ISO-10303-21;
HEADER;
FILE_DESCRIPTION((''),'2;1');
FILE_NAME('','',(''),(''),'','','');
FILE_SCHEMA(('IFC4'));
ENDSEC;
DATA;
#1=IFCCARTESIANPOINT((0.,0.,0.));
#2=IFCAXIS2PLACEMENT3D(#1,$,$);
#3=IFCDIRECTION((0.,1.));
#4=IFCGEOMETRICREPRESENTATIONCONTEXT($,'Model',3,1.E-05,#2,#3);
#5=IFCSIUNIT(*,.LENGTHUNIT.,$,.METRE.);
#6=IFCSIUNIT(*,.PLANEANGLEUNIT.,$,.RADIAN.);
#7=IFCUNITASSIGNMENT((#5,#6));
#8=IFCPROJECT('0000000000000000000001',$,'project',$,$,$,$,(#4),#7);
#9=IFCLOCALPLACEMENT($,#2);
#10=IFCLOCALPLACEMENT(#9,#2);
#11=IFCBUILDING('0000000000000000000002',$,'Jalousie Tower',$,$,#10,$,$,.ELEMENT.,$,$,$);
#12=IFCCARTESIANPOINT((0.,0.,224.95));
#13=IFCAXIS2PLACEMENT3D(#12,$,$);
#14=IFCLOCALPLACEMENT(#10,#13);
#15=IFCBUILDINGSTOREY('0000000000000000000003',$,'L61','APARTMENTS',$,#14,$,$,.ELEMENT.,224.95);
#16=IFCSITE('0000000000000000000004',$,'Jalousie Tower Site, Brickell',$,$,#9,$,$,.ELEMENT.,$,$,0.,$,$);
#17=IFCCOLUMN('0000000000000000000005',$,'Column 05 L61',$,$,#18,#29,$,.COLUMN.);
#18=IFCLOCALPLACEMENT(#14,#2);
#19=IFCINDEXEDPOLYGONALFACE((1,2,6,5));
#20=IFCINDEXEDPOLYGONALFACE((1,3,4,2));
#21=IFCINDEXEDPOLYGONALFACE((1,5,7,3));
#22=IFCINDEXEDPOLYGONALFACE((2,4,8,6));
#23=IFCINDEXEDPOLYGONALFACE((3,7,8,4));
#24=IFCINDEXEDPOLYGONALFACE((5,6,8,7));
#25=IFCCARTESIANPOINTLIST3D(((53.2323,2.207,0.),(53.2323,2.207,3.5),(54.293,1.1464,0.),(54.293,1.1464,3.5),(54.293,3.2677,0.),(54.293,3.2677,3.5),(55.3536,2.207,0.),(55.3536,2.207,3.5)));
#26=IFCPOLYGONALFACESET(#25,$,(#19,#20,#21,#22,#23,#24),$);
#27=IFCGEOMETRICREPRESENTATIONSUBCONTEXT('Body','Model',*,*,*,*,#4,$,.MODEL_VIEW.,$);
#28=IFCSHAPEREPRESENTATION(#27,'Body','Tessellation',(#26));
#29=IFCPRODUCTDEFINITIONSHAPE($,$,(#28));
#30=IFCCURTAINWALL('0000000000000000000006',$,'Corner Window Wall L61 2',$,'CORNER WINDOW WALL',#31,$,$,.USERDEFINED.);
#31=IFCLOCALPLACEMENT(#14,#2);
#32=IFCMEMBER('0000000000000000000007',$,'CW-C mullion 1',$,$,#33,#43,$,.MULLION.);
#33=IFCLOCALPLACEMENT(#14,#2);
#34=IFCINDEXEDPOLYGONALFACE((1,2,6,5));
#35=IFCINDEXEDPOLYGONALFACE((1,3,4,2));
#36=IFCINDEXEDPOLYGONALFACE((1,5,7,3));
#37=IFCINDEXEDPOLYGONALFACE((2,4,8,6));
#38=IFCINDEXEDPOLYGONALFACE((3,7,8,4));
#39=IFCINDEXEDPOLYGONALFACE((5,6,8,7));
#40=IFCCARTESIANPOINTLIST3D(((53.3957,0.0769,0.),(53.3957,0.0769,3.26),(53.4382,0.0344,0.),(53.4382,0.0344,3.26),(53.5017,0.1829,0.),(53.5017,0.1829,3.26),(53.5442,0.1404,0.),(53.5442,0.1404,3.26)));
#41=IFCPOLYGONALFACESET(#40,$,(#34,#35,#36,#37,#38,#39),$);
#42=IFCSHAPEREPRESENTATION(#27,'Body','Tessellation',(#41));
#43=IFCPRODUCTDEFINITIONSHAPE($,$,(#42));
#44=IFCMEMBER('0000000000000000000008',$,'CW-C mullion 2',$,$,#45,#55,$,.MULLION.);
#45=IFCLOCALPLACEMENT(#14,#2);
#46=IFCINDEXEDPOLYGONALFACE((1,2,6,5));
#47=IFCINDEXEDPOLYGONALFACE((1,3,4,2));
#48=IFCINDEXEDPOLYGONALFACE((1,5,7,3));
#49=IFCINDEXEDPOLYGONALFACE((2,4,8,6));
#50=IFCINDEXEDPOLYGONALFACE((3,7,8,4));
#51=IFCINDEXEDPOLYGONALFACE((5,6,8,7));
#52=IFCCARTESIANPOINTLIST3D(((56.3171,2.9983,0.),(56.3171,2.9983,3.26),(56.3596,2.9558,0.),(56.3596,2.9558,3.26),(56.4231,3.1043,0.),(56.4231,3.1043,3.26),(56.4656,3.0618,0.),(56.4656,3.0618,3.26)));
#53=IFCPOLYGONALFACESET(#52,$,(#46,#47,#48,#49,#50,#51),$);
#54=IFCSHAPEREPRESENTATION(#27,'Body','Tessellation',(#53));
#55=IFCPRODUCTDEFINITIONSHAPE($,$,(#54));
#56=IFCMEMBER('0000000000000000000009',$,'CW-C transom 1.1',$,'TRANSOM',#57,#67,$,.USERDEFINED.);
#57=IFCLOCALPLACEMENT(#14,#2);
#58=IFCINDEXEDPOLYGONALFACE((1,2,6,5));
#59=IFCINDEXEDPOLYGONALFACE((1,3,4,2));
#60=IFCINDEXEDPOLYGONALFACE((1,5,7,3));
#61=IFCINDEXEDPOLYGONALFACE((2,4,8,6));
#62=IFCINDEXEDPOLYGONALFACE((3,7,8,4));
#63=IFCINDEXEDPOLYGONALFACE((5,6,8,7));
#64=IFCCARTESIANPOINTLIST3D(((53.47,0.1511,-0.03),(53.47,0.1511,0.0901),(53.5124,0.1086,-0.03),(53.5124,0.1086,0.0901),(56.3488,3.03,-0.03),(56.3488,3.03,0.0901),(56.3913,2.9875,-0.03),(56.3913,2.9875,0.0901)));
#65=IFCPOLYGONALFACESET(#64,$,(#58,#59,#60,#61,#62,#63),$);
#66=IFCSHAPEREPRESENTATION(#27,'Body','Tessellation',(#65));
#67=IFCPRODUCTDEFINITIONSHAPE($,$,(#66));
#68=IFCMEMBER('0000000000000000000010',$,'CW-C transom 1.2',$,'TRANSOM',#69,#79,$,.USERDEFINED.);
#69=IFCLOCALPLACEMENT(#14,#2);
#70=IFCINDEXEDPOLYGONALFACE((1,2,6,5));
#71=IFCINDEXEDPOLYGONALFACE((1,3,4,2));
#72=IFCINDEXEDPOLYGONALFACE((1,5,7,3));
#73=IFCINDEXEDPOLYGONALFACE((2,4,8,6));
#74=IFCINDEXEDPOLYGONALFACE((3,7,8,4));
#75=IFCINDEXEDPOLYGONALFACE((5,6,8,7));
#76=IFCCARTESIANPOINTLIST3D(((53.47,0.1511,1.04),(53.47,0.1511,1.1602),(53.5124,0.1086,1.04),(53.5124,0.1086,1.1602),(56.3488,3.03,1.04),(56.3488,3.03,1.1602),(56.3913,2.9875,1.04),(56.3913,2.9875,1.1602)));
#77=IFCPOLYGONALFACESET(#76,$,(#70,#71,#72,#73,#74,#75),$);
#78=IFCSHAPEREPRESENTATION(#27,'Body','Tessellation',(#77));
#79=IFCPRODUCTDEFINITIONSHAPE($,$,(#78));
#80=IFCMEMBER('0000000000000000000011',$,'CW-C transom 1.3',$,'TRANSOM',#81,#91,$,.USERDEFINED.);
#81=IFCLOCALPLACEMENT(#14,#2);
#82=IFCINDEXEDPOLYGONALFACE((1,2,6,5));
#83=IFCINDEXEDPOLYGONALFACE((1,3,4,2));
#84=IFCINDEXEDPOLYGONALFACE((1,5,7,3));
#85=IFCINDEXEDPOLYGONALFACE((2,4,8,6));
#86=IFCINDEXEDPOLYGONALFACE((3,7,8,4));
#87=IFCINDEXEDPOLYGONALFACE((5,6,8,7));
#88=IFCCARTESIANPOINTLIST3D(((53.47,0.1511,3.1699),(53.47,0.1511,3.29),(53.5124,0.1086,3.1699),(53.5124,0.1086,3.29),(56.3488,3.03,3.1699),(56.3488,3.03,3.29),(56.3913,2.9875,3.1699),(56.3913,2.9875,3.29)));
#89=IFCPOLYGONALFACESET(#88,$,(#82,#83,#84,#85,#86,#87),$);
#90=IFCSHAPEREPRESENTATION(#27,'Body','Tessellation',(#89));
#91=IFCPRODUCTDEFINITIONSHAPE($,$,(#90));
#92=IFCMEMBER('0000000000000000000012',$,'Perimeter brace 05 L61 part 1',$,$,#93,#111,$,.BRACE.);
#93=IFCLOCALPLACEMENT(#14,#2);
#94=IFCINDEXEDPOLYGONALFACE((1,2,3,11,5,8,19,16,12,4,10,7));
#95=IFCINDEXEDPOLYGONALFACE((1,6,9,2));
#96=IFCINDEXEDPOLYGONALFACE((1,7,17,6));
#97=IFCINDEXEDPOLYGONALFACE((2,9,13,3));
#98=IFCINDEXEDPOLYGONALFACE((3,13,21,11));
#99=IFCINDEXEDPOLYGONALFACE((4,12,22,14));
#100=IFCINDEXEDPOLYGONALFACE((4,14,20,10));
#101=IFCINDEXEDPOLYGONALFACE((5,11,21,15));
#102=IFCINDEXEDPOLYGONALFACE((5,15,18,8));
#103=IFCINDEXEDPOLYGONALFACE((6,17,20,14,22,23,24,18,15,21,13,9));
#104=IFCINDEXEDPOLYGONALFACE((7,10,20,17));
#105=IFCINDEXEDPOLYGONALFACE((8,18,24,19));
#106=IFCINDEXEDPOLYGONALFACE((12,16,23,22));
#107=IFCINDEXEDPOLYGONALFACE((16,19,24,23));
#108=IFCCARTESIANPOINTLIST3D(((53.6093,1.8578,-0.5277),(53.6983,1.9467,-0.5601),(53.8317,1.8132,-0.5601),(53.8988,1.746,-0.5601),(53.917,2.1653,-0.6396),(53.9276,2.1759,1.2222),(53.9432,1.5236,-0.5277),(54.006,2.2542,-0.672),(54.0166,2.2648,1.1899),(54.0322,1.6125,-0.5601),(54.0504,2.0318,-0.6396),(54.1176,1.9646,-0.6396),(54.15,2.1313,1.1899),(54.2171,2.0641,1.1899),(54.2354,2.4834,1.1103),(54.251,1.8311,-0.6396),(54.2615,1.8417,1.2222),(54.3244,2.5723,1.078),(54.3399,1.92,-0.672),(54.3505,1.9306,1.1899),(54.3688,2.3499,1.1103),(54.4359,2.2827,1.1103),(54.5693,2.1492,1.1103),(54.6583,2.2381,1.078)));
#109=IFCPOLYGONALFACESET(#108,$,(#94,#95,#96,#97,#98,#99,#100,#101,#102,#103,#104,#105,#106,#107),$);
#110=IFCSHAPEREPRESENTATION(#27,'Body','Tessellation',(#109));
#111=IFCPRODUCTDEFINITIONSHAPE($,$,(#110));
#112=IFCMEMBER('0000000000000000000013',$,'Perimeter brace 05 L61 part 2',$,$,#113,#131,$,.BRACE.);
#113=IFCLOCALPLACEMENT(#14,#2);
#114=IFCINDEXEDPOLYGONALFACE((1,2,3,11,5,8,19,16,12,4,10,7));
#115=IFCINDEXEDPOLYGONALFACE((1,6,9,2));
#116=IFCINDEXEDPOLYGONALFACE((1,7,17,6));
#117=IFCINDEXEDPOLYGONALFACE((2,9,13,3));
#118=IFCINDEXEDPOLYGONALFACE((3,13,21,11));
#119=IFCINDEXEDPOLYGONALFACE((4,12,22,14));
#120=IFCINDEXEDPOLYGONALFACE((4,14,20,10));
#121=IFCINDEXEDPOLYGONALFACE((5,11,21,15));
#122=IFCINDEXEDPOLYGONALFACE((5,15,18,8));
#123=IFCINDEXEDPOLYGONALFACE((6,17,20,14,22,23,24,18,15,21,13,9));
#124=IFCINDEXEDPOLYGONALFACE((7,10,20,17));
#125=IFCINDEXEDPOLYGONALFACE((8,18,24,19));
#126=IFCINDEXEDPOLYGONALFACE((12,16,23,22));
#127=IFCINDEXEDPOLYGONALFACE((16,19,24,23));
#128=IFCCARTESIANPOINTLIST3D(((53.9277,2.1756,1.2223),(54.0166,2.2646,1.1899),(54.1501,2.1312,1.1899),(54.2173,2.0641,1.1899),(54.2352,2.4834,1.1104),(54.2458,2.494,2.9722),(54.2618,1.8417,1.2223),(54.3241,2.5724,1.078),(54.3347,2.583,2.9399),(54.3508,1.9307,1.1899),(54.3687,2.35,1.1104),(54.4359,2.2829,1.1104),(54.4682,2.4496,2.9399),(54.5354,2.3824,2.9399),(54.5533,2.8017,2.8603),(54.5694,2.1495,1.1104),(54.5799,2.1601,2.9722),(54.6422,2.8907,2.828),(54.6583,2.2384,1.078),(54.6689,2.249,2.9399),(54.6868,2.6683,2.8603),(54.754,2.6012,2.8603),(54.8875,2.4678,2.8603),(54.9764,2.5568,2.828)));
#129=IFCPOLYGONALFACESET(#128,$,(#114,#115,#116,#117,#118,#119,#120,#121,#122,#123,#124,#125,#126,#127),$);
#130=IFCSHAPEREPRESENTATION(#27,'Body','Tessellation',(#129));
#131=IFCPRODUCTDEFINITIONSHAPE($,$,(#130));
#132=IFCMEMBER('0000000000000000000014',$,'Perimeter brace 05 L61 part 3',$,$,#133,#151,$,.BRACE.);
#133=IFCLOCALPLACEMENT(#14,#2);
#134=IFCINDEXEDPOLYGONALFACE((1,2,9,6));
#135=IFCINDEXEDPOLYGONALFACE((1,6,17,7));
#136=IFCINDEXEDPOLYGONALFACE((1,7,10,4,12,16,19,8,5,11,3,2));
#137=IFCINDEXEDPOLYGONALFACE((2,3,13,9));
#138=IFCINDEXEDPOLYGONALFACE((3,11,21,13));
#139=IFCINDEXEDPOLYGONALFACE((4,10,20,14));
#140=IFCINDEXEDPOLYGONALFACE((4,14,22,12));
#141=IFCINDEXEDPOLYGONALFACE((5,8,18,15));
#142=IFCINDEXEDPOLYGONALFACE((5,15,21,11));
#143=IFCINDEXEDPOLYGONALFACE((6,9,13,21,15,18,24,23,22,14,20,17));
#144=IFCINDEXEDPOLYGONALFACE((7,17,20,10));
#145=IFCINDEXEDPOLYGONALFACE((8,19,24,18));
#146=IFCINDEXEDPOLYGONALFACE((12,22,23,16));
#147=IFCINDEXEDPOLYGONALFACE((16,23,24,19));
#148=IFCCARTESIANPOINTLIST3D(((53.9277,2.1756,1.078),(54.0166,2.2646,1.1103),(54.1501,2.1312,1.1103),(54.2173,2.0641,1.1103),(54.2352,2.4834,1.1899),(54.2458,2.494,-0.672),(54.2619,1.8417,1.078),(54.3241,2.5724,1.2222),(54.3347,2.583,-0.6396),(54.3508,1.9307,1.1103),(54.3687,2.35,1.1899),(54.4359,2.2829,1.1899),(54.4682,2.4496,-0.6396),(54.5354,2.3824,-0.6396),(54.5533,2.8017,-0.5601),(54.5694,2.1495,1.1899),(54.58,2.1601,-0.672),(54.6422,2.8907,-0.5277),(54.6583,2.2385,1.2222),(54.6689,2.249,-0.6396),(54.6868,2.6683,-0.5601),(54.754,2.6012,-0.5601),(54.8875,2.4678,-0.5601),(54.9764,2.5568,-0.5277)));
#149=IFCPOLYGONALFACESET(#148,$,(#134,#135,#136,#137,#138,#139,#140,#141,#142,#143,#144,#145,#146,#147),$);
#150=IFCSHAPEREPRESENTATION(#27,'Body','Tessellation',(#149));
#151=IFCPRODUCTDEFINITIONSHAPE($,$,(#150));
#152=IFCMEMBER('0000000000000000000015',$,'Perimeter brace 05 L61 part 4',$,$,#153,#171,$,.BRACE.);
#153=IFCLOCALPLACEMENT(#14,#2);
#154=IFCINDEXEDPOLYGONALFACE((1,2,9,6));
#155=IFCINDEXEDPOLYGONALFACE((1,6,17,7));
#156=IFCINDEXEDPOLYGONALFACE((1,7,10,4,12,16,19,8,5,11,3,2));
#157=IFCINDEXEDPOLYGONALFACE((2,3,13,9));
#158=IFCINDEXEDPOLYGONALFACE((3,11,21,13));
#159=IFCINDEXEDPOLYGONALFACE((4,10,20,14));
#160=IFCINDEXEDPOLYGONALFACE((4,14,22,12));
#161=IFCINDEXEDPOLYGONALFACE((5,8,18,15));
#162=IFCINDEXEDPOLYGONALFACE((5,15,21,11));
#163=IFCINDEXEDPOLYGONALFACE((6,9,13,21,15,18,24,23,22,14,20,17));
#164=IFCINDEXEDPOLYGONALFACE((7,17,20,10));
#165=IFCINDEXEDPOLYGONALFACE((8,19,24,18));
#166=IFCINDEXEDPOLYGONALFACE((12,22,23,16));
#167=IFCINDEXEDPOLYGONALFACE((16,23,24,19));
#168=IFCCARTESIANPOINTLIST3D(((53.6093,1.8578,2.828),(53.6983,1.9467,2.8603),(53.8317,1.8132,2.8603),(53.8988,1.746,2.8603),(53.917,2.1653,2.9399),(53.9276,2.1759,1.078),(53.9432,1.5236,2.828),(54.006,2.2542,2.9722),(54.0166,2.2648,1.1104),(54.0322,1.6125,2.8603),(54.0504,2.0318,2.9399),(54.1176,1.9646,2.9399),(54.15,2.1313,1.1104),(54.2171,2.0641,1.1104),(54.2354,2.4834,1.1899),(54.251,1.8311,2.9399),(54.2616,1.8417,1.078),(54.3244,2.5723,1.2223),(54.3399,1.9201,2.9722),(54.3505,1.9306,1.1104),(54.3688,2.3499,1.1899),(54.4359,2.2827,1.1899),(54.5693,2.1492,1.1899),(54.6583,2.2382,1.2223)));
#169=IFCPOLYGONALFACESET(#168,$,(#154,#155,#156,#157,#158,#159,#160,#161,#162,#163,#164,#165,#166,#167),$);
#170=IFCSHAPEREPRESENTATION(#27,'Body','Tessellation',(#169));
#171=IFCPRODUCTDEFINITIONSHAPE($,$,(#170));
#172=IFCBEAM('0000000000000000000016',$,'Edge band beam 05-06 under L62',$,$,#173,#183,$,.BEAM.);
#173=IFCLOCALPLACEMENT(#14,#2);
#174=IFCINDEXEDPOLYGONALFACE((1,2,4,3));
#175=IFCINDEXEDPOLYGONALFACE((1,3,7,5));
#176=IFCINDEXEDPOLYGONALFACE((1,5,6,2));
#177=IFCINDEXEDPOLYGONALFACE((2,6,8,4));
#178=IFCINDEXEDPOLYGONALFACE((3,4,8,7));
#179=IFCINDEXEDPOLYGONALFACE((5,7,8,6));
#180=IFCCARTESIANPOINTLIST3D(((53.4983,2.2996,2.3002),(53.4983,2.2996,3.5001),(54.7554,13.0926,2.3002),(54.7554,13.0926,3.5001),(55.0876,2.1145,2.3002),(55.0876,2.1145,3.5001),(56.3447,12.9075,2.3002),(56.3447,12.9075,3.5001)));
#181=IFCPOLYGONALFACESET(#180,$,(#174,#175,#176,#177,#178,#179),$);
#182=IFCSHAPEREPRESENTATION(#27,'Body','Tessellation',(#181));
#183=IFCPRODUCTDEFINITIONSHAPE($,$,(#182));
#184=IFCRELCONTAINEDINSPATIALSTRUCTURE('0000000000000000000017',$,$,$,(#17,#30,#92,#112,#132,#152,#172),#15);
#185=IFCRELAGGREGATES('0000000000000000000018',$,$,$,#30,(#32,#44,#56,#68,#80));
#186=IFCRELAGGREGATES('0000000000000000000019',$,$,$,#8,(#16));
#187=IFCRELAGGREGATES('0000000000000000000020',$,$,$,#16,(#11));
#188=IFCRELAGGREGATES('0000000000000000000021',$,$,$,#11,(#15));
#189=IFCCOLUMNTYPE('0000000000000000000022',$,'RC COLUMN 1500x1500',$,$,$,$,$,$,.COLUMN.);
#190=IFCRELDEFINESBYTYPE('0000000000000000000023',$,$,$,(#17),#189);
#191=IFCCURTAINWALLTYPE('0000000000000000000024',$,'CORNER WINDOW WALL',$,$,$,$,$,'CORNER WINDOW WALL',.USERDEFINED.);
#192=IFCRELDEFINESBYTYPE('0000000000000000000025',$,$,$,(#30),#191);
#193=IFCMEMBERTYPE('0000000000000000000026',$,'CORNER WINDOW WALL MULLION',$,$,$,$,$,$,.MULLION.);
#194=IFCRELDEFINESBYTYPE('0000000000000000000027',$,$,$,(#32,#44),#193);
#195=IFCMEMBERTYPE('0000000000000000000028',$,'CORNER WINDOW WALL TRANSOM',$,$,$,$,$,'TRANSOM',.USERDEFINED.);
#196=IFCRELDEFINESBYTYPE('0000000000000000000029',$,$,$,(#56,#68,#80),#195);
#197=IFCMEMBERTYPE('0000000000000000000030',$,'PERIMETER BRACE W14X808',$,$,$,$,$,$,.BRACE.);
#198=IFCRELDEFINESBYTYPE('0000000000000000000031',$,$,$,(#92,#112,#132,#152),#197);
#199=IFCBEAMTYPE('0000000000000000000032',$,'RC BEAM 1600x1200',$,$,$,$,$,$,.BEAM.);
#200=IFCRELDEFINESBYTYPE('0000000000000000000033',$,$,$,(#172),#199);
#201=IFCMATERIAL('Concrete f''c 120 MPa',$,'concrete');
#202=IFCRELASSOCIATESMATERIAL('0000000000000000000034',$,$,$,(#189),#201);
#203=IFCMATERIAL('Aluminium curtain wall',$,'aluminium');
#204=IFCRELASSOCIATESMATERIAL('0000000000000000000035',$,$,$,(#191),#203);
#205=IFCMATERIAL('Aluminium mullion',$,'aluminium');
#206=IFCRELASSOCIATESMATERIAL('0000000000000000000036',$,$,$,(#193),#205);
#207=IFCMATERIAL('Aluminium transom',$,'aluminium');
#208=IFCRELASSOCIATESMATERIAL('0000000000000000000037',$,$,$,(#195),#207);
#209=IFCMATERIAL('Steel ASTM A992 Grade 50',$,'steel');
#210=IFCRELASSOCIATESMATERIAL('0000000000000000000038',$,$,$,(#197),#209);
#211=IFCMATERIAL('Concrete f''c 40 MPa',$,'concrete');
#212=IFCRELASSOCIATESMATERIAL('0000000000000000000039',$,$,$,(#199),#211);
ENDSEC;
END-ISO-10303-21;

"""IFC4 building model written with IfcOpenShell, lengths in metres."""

from ifc_helpers import new_model, si_unit, direction, frame, origin, origin_2d, place, context, subcontext, project, spatial, rectangle, i_section, extrude, material, material_profile, profile_set, type_object, element, aggregate, save


model = new_model("IFC4")

# Units and contexts
model_context = context("Model", 3, precision=1e-05, world=origin(), true_north=direction((0.0, 1.0)))
body_context = subcontext(model_context, "Body", "Model", "MODEL_VIEW")
ifc_project = project(units=[si_unit("LENGTHUNIT", "METRE"), si_unit("PLANEANGLEUNIT", "RADIAN")], contexts=[model_context])

# Site, building, storey
site_placement = place(None, origin())
site = spatial("IfcSite", under=ifc_project, at=site_placement, Name="Jalousie Tower Site, Brickell", CompositionType="ELEMENT", RefElevation=0.0)
building_placement = place(site_placement, origin())
building = spatial("IfcBuilding", under=site, at=building_placement, Name="Jalousie Tower", CompositionType="ELEMENT")
storey_placement = place(building_placement, frame((0.0, 0.0, 224.95)))
storey = spatial("IfcBuildingStorey", under=building, at=storey_placement, Name="L61", Description="APARTMENTS", CompositionType="ELEMENT", Elevation=224.95)

# Column
ifc_material_1 = material(Name="Concrete f'c 120 MPa", Category="concrete")
ifc_material_profile_1 = material_profile(ifc_material_1, rectangle(XDim=1.5, YDim=1.5, at=origin_2d()), Name="RC 1500x1500")
ifc_profile_set_1 = profile_set([ifc_material_profile_1], Name="Concrete f'c 120 MPa")
column_type = type_object("IfcColumnType", Name="RC COLUMN 1500x1500", PredefinedType="COLUMN", material=ifc_profile_set_1)
column_placement = place(storey_placement, frame((54.293, 2.207, 0.0), z_axis=(0.0, 0.0, 1.0), x_axis=(0.707107, 0.707107, 0.0)))
element("IfcColumn", 1, at=column_placement, inside=storey, type_object=column_type, Name="Column 05 L61", PredefinedType="COLUMN", context=body_context, shape_type="SweptSolid", body=[
    extrude(rectangle(XDim=1.5, YDim=1.5, at=origin_2d()), origin(), (0.0, 0.0, 1.0), 3.5),
])

# Curtain wall, members
ifc_material_2 = material(Name="Aluminium curtain wall", Category="aluminium")
curtain_wall_type_1 = type_object("IfcCurtainWallType", Name="CORNER WINDOW WALL", ElementType="CORNER WINDOW WALL", PredefinedType="USERDEFINED", material=ifc_material_2)
curtain_wall_1_placement = place(storey_placement, origin())
curtain_wall_1 = element("IfcCurtainWall", 2, at=curtain_wall_1_placement, inside=storey, type_object=curtain_wall_type_1, Name="Corner Window Wall L61 2", ObjectType="CORNER WINDOW WALL", PredefinedType="USERDEFINED")
ifc_material_3 = material(Name="Aluminium mullion", Category="aluminium")
ifc_material_profile_2 = material_profile(ifc_material_3, rectangle(XDim=0.0601, YDim=0.1499, at=origin_2d()), Name="MULLION 60x150")
ifc_profile_set_2 = profile_set([ifc_material_profile_2], Name="Aluminium mullion")
member_type_1 = type_object("IfcMemberType", Name="CORNER WINDOW WALL MULLION", PredefinedType="MULLION", material=ifc_profile_set_2)
member_1_placement = place(storey_placement, frame((53.47, 0.1086, 0.0), z_axis=(0.0, 0.0, 1.0), x_axis=(-0.707107, 0.707107, 0.0)))
member_1 = element("IfcMember", 3, at=member_1_placement, type_object=member_type_1, Name="CW-C mullion 1", PredefinedType="MULLION", context=body_context, shape_type="SweptSolid", body=[
    extrude(rectangle(XDim=0.0601, YDim=0.1499, at=origin_2d()), origin(), (0.0, 0.0, 1.0), 3.26),
])
member_2_placement = place(storey_placement, frame((56.3914, 3.03, 0.0), z_axis=(0.0, 0.0, 1.0), x_axis=(-0.707107, 0.707107, 0.0)))
member_2 = element("IfcMember", 4, at=member_2_placement, type_object=member_type_1, Name="CW-C mullion 2", PredefinedType="MULLION", context=body_context, shape_type="SweptSolid", body=[
    extrude(rectangle(XDim=0.0601, YDim=0.1499, at=origin_2d()), origin(), (0.0, 0.0, 1.0), 3.26),
])
ifc_material_4 = material(Name="Aluminium transom", Category="aluminium")
ifc_material_profile_3 = material_profile(ifc_material_4, rectangle(XDim=0.0601, YDim=0.1201, at=origin_2d()), Name="TRANSOM 60x120")
ifc_profile_set_3 = profile_set([ifc_material_profile_3], Name="Aluminium transom")
member_type_2 = type_object("IfcMemberType", Name="CORNER WINDOW WALL TRANSOM", ElementType="TRANSOM", PredefinedType="USERDEFINED", material=ifc_profile_set_3)
member_3_placement = place(storey_placement, frame((53.4912, 0.1299, 0.03), z_axis=(0.707107, 0.707107, 0.0), x_axis=(-0.707107, 0.707107, 0.0)))
member_3 = element("IfcMember", 5, at=member_3_placement, type_object=member_type_2, Name="CW-C transom 1.1", ObjectType="TRANSOM", PredefinedType="USERDEFINED", context=body_context, shape_type="SweptSolid", body=[
    extrude(rectangle(XDim=0.0601, YDim=0.1201, at=origin_2d()), origin(), (0.0, 0.0, 1.0), 4.0713),
])
member_4_placement = place(storey_placement, frame((53.4912, 0.1299, 1.1001), z_axis=(0.707107, 0.707107, 0.0), x_axis=(-0.707107, 0.707107, 0.0)))
member_4 = element("IfcMember", 6, at=member_4_placement, type_object=member_type_2, Name="CW-C transom 1.2", ObjectType="TRANSOM", PredefinedType="USERDEFINED", context=body_context, shape_type="SweptSolid", body=[
    extrude(rectangle(XDim=0.0601, YDim=0.1201, at=origin_2d()), origin(), (0.0, 0.0, 1.0), 4.0713),
])
member_5_placement = place(storey_placement, frame((53.4912, 0.1299, 3.23), z_axis=(0.707107, 0.707107, 0.0), x_axis=(-0.707107, 0.707107, 0.0)))
member_5 = element("IfcMember", 7, at=member_5_placement, type_object=member_type_2, Name="CW-C transom 1.3", ObjectType="TRANSOM", PredefinedType="USERDEFINED", context=body_context, shape_type="SweptSolid", body=[
    extrude(rectangle(XDim=0.0601, YDim=0.1201, at=origin_2d()), origin(), (0.0, 0.0, 1.0), 4.0713),
])

# Members
ifc_material_5 = material(Name="Steel ASTM A992 Grade 50", Category="steel")
ifc_material_profile_4 = material_profile(ifc_material_5, i_section(OverallWidth=0.4724, OverallDepth=0.5791, WebThickness=0.095, FlangeThickness=0.1299, at=origin_2d()), Name="W14X808")
ifc_profile_set_4 = profile_set([ifc_material_profile_4], Name="Steel ASTM A992 Grade 50")
member_type_3 = type_object("IfcMemberType", Name="PERIMETER BRACE W14X808", PredefinedType="BRACE", material=ifc_profile_set_4)
for number, where, z_axis, x_axis, name in (
    (8, (53.9746, 1.8889, -0.5999), (0.176187, 0.176051, 0.968486), (-0.706835, 0.707378, 0.0), "Perimeter brace 05 L61 part 1"),
    (9, (54.293, 2.207, 1.1501), (0.176051, 0.176187, 0.968486), (-0.707378, 0.706835, 0.0), "Perimeter brace 05 L61 part 2"),
    (10, (54.6111, 2.5254, -0.5999), (-0.176051, -0.176187, 0.968486), (0.707378, -0.706835, 0.0), "Perimeter brace 05 L61 part 3"),
    (11, (54.293, 2.207, 1.1501), (-0.176187, -0.176051, 0.968486), (0.706835, -0.707378, 0.0), "Perimeter brace 05 L61 part 4"),
):
    element("IfcMember", number, at=place(storey_placement, frame(where, z_axis=z_axis, x_axis=x_axis)), inside=storey, type_object=member_type_3, Name=name, PredefinedType="BRACE", context=body_context, shape_type="SweptSolid", body=[
        extrude(i_section(OverallWidth=0.4724, OverallDepth=0.5791, WebThickness=0.095, FlangeThickness=0.1299, at=origin_2d()), origin(), (0.0, 0.0, 1.0), 1.8069),
    ])

# Beam
ifc_material_6 = material(Name="Concrete f'c 40 MPa", Category="concrete")
ifc_material_profile_5 = material_profile(ifc_material_6, rectangle(XDim=1.6001, YDim=1.2, at=origin_2d()), Name="RC 1600x1200")
ifc_profile_set_5 = profile_set([ifc_material_profile_5], Name="Concrete f'c 40 MPa")
beam_type = type_object("IfcBeamType", Name="RC BEAM 1600x1200", PredefinedType="BEAM", material=ifc_profile_set_5)
beam_placement = place(storey_placement, frame((54.293, 2.207, 2.9001), z_axis=(0.11569, 0.993285, 0.0), x_axis=(-0.993285, 0.11569, 0.0)))
element("IfcBeam", 12, at=beam_placement, inside=storey, type_object=beam_type, Name="Edge band beam 05-06 under L62", PredefinedType="BEAM", context=body_context, shape_type="SweptSolid", body=[
    extrude(rectangle(XDim=1.6001, YDim=1.2, at=origin_2d()), origin(), (0.0, 0.0, 1.0), 10.866),
])

aggregate(curtain_wall_1, [member_1, member_2, member_3, member_4, member_5])

save(model, "model.ifc")
